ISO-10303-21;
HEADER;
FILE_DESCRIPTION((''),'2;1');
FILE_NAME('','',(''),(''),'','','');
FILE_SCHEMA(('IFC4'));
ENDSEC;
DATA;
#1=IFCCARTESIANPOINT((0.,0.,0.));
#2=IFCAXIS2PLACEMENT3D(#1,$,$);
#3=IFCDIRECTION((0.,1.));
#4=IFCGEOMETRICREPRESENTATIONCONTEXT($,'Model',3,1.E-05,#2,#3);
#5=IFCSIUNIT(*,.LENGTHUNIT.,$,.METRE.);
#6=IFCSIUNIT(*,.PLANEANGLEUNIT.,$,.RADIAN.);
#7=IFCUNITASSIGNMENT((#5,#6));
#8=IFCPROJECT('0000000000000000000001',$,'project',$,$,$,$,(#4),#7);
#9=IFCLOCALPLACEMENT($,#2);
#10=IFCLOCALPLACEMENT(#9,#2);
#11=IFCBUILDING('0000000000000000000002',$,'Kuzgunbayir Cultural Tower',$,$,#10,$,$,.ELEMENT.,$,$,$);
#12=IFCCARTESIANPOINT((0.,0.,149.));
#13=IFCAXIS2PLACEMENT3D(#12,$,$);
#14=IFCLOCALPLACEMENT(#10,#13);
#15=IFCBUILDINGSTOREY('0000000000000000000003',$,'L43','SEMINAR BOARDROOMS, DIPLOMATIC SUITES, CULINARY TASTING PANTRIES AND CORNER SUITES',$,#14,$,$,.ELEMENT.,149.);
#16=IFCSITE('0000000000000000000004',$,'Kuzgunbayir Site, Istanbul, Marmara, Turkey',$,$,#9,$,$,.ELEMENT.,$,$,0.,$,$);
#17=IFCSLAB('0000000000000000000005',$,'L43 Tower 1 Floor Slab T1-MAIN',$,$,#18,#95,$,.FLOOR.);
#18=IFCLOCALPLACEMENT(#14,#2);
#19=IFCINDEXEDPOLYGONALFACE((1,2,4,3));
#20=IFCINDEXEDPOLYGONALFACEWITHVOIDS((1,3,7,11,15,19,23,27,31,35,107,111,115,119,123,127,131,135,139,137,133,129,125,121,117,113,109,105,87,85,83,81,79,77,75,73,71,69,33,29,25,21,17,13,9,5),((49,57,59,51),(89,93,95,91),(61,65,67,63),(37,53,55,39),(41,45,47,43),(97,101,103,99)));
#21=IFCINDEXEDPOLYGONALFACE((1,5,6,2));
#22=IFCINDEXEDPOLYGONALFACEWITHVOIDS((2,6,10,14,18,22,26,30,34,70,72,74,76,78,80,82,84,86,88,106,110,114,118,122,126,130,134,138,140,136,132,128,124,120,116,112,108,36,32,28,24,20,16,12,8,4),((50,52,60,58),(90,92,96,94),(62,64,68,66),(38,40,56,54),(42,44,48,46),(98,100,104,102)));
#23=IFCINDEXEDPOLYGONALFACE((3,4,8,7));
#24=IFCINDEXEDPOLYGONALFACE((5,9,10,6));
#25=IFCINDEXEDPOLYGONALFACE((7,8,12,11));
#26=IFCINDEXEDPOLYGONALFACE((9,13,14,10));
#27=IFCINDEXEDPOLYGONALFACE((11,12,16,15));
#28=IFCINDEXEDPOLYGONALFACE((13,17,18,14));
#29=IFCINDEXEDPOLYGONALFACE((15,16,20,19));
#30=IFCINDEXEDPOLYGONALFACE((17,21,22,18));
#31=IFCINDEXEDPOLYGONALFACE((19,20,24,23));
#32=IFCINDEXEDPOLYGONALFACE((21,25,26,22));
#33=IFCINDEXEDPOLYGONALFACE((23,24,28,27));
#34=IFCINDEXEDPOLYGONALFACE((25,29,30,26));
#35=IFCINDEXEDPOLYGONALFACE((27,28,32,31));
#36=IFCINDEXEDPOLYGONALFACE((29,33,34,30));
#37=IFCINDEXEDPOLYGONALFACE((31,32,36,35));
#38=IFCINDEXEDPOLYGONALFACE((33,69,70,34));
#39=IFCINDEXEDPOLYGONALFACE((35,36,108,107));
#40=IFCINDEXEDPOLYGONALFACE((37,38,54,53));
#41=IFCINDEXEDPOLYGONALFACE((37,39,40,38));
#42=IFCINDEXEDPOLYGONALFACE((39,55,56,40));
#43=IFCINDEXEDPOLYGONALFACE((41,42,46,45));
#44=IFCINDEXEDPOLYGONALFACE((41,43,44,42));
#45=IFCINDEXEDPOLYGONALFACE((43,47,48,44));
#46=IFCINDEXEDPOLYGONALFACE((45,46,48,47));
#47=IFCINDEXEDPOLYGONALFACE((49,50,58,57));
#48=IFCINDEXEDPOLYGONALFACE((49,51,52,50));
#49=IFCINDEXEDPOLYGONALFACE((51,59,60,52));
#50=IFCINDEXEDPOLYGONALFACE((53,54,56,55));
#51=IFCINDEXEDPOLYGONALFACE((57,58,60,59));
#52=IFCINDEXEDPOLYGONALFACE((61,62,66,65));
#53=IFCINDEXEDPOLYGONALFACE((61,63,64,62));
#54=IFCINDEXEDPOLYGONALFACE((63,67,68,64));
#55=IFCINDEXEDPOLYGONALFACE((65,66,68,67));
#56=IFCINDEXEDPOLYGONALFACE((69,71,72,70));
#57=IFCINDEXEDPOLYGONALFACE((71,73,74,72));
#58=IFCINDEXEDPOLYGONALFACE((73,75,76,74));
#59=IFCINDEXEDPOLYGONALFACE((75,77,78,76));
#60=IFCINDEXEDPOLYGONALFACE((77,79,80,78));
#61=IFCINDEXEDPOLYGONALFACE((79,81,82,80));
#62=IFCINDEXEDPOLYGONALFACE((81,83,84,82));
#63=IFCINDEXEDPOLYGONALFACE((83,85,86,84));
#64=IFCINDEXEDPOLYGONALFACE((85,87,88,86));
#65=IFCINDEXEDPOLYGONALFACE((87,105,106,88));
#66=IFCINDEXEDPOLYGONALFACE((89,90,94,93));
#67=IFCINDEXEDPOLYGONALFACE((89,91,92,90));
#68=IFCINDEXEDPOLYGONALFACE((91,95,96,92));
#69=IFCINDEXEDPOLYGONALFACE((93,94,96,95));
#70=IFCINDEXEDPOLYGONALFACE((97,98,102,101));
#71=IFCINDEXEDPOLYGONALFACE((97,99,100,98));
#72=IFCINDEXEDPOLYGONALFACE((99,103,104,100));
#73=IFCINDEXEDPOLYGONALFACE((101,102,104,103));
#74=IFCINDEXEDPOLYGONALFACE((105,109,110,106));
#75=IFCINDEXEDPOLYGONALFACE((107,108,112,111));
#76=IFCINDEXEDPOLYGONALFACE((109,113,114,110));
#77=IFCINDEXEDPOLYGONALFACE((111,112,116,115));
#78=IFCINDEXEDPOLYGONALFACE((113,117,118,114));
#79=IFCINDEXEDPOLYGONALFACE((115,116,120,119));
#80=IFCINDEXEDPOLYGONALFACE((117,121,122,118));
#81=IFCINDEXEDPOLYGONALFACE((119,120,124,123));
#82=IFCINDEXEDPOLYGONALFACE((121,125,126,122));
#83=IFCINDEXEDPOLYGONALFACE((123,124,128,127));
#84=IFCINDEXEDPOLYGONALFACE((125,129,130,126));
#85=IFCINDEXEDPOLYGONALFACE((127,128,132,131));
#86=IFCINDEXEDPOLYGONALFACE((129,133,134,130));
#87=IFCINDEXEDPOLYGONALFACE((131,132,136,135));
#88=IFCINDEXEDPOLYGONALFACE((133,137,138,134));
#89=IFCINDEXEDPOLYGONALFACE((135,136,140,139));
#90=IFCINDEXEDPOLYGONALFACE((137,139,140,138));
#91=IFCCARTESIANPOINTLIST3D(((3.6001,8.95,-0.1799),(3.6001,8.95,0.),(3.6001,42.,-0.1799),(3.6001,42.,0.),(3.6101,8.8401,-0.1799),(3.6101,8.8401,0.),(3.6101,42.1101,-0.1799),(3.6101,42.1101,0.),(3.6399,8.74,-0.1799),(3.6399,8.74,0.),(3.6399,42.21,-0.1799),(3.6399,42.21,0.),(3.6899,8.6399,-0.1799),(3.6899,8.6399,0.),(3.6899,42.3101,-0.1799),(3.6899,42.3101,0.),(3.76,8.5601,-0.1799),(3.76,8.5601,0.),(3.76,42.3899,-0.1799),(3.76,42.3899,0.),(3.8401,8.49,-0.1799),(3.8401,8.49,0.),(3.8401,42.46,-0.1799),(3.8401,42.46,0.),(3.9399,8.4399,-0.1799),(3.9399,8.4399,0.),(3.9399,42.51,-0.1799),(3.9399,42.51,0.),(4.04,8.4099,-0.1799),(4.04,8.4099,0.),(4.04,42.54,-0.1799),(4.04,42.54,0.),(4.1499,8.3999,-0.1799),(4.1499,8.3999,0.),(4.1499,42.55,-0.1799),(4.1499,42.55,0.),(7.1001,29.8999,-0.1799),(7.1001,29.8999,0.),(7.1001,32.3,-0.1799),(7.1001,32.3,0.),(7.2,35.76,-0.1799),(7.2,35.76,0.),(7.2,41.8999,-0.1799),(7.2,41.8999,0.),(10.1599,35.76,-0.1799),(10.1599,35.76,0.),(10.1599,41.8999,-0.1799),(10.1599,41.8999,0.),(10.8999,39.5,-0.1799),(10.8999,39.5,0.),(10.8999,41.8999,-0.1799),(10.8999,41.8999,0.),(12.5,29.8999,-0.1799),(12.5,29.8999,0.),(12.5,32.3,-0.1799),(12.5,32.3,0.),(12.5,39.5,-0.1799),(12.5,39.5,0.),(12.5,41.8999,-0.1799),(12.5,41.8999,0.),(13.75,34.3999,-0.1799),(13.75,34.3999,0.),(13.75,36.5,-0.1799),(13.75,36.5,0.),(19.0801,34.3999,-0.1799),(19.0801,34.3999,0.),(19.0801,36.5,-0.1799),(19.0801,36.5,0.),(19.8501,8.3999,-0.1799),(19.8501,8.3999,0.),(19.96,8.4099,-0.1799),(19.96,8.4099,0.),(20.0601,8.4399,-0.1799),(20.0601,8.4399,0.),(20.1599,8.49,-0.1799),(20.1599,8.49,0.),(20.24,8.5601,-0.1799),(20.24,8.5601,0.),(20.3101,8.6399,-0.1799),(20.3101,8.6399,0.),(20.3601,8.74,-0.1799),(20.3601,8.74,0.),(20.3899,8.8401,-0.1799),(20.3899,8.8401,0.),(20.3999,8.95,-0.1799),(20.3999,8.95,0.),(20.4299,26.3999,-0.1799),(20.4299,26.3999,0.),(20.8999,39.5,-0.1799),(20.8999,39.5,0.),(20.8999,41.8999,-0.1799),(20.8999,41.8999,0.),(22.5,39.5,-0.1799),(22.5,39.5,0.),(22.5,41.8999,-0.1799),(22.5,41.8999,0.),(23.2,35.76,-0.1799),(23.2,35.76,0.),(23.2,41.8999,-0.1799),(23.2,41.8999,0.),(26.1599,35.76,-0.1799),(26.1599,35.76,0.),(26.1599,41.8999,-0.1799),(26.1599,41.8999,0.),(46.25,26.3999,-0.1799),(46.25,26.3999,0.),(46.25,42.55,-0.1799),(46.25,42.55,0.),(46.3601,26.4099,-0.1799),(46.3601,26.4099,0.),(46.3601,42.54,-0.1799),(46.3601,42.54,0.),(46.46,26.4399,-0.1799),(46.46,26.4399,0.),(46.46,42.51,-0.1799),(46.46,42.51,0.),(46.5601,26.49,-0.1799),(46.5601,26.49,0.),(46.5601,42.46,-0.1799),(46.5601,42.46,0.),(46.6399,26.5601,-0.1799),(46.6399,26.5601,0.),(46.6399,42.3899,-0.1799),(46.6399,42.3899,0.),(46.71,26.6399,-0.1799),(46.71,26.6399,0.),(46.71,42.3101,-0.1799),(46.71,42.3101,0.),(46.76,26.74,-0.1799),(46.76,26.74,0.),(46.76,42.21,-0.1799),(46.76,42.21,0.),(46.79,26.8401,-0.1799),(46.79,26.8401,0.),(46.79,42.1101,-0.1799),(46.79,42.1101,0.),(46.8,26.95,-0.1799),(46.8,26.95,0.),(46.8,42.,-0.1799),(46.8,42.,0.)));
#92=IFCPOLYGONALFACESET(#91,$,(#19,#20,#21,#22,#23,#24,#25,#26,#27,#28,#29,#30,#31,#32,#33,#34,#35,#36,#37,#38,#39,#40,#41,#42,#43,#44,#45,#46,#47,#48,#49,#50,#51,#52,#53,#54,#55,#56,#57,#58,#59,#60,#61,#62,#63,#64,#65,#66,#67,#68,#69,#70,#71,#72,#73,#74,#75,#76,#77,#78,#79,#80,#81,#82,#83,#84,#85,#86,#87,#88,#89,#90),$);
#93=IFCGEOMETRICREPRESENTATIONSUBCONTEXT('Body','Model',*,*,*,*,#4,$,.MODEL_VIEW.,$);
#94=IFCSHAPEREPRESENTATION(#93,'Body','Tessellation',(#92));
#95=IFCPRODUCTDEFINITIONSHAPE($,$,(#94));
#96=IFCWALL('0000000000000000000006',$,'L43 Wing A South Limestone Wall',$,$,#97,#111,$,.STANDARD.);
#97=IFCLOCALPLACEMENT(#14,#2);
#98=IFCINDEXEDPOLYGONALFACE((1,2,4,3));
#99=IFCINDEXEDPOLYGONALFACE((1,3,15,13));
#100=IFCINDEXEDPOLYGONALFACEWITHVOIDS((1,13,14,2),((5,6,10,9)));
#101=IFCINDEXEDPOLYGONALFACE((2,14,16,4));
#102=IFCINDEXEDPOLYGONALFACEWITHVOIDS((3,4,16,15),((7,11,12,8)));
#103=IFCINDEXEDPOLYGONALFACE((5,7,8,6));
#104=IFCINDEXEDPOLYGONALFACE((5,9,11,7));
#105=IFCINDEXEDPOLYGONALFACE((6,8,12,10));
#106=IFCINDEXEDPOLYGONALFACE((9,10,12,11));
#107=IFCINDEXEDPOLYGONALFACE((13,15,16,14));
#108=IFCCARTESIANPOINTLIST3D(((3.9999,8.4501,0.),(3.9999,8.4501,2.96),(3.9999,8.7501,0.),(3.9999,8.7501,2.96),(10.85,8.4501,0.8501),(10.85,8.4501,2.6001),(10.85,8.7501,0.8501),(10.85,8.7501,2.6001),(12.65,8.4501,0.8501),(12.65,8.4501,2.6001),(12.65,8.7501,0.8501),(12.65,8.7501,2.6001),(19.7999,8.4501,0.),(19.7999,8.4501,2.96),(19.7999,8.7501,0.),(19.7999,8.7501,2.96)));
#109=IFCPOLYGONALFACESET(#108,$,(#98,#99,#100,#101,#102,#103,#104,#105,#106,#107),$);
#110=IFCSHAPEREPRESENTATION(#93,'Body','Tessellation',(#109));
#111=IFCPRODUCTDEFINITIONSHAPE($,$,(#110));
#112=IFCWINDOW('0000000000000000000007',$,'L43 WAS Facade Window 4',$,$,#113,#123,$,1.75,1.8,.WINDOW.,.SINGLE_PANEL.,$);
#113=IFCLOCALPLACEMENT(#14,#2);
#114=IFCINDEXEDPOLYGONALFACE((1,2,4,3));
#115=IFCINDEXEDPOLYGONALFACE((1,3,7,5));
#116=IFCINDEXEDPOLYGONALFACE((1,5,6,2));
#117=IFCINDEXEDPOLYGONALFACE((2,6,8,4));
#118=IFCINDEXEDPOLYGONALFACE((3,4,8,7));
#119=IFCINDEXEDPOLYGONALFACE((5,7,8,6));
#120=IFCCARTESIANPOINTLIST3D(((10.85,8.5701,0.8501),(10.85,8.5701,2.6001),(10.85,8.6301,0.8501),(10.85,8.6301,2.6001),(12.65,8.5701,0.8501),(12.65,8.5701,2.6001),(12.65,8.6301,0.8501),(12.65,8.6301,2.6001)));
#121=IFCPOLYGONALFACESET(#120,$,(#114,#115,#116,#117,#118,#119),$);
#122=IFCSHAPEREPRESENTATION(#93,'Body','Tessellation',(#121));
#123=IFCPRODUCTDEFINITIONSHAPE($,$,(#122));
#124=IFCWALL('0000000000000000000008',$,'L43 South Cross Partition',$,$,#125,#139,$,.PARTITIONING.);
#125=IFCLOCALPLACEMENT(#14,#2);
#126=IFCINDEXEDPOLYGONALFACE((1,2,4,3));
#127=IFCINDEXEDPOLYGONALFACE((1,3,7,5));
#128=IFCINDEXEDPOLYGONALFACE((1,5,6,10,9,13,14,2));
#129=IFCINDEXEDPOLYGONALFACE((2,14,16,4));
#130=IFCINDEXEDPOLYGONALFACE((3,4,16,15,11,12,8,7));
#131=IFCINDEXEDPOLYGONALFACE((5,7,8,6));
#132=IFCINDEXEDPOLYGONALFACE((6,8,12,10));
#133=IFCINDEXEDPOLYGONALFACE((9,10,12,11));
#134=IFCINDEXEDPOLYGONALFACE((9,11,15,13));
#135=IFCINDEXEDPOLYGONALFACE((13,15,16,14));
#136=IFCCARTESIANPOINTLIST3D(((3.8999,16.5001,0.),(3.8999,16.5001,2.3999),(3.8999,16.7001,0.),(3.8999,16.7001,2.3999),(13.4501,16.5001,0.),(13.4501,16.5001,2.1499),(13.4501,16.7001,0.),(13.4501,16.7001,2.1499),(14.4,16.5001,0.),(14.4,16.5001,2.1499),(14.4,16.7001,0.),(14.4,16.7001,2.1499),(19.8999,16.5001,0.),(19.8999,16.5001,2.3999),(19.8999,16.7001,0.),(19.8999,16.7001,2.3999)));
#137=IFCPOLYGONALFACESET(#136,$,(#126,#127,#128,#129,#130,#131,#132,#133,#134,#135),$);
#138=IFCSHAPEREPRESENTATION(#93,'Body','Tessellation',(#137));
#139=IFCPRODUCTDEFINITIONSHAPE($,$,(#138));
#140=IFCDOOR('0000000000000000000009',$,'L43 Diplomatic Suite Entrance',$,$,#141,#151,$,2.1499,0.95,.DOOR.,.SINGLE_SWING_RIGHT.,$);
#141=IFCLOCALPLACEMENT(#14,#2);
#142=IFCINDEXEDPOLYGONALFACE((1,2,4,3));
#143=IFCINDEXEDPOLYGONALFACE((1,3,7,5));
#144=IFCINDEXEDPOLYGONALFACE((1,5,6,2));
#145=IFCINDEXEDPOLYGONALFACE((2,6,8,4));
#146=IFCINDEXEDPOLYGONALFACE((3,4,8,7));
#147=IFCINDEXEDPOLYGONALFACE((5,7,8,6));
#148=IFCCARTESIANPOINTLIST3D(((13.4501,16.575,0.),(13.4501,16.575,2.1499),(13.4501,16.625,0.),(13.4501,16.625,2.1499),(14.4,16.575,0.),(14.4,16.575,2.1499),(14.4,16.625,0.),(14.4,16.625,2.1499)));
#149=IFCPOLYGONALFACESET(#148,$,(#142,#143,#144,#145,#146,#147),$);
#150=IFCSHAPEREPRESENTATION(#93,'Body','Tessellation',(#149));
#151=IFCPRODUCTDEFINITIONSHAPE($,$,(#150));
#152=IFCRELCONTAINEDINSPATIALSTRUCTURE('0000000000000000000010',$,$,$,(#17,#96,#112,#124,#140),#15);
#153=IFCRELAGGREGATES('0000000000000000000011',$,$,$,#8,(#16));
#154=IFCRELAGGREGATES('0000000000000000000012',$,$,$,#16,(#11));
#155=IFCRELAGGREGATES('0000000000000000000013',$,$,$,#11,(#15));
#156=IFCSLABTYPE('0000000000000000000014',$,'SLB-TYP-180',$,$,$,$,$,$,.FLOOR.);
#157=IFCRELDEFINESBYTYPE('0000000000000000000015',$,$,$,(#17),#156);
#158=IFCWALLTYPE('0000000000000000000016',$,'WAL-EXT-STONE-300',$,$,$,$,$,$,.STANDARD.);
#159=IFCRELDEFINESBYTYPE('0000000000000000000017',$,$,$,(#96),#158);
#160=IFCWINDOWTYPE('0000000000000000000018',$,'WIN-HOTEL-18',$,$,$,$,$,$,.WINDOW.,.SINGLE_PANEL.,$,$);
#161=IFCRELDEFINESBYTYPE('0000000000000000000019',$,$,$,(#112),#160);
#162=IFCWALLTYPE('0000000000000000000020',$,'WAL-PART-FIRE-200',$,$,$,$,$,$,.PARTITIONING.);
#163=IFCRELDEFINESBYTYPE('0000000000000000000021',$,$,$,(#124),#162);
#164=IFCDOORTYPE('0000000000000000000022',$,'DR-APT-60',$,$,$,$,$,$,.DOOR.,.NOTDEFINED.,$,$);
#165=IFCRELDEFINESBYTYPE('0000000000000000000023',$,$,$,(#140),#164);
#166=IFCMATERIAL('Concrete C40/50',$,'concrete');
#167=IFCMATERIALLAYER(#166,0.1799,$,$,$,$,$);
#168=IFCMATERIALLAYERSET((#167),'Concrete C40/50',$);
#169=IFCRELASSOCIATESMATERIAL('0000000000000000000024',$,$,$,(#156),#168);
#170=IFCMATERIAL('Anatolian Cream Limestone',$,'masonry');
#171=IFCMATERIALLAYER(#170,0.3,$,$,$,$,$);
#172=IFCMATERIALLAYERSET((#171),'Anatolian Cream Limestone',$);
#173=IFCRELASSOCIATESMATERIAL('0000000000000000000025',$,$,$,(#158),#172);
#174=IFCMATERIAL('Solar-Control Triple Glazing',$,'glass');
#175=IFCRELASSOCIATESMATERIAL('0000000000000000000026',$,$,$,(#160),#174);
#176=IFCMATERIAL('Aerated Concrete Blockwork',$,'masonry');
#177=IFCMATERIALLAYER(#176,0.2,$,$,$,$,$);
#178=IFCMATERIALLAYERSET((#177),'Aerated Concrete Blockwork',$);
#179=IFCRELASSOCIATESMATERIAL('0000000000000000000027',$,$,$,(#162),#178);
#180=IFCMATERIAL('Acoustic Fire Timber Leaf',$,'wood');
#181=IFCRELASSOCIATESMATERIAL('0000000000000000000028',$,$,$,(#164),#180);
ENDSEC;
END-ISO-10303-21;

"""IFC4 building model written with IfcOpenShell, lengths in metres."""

from ifc_helpers import new_model, si_unit, direction, frame, frame_2d, origin, place, context, subcontext, project, spatial, polyline, rectangle, outline, extrude, material, layer, layer_set, type_object, element, fill, save


model = new_model("IFC4")

# Units and contexts
model_context = context("Model", 3, precision=1e-05, world=origin(), true_north=direction((0.0, 1.0)))
body_context = subcontext(model_context, "Body", "Model", "MODEL_VIEW")
ifc_project = project(units=[si_unit("LENGTHUNIT", "METRE"), si_unit("PLANEANGLEUNIT", "RADIAN")], contexts=[model_context])

# Site, building, storey
site_placement = place(None, origin())
site = spatial("IfcSite", under=ifc_project, at=site_placement, Name="Kuzgunbayir Site, Istanbul, Marmara, Turkey", CompositionType="ELEMENT", RefElevation=0.0)
building_placement = place(site_placement, origin())
building = spatial("IfcBuilding", under=site, at=building_placement, Name="Kuzgunbayir Cultural Tower", CompositionType="ELEMENT")
storey_placement = place(building_placement, frame((0.0, 0.0, 149.0)))
storey = spatial("IfcBuildingStorey", under=building, at=storey_placement, Name="L43", Description="SEMINAR BOARDROOMS, DIPLOMATIC SUITES, CULINARY TASTING PANTRIES AND CORNER SUITES", CompositionType="ELEMENT", Elevation=149.0)

# Shared definitions
ifc_material_1 = material(Name="Concrete C40/50", Category="concrete")

# Slab
ifc_layer_1 = layer(ifc_material_1, 0.1799)
ifc_layer_set_1 = layer_set([ifc_layer_1], Name="Concrete C40/50")
slab_type_1 = type_object("IfcSlabType", Name="SLB-TYP-180", PredefinedType="FLOOR", material=ifc_layer_set_1)
slab_1_placement = place(storey_placement, frame((0.0, 0.0, -0.1799)))
element("IfcSlab", 1, at=slab_1_placement, inside=storey, type_object=slab_type_1, Name="L43 Tower 1 Floor Slab T1-MAIN", PredefinedType="FLOOR", context=body_context, shape_type="SweptSolid", body=[
    extrude(outline(polyline([(20.3999, 8.95), (20.3899, 8.8401), (20.3601, 8.74), (20.3101, 8.6399), (20.24, 8.5601), (20.1599, 8.49), (20.0601, 8.4399), (19.96, 8.4099), (19.8501, 8.3999), (4.1499, 8.3999), (4.04, 8.4099), (3.9399, 8.4399), (3.8401, 8.49), (3.76, 8.5601), (3.6899, 8.6399), (3.6399, 8.74), (3.6101, 8.8401), (3.6001, 8.95), (3.6001, 42.0), (3.6101, 42.1101), (3.6399, 42.21), (3.6899, 42.3101), (3.76, 42.3899), (3.8401, 42.46), (3.9399, 42.51), (4.04, 42.54), (4.1499, 42.55), (46.25, 42.55), (46.3601, 42.54), (46.46, 42.51), (46.5601, 42.46), (46.6399, 42.3899), (46.71, 42.3101), (46.76, 42.21), (46.79, 42.1101), (46.8, 42.0), (46.8, 26.95), (46.79, 26.8401), (46.76, 26.74), (46.71, 26.6399), (46.6399, 26.5601), (46.5601, 26.49), (46.46, 26.4399), (46.3601, 26.4099), (46.25, 26.3999), (20.4299, 26.3999), (20.3999, 8.95)]), holes=[polyline([(7.2, 35.76), (7.2, 41.8999), (10.1599, 41.8999), (10.1599, 35.76), (7.2, 35.76)]), polyline([(23.2, 35.76), (23.2, 41.8999), (26.1599, 41.8999), (26.1599, 35.76), (23.2, 35.76)]), polyline([(13.75, 34.3999), (13.75, 36.5), (19.0801, 36.5), (19.0801, 34.3999), (13.75, 34.3999)]), polyline([(7.1001, 29.8999), (7.1001, 32.3), (12.5, 32.3), (12.5, 29.8999), (7.1001, 29.8999)]), polyline([(10.8999, 39.5), (10.8999, 41.8999), (12.5, 41.8999), (12.5, 39.5), (10.8999, 39.5)]), polyline([(20.8999, 39.5), (20.8999, 41.8999), (22.5, 41.8999), (22.5, 39.5), (20.8999, 39.5)])]), origin(), (0.0, 0.0, 1.0), 0.1799),
])

# Wall, opening, window
ifc_material_2 = material(Name="Anatolian Cream Limestone", Category="masonry")
ifc_layer_2 = layer(ifc_material_2, 0.3)
ifc_layer_set_2 = layer_set([ifc_layer_2], Name="Anatolian Cream Limestone")
wall_type_1 = type_object("IfcWallType", Name="WAL-EXT-STONE-300", PredefinedType="STANDARD", material=ifc_layer_set_2)
wall_1_placement = place(storey_placement, frame((4.0, 8.6001, 0.0), z_axis=(0.0, 0.0, 1.0), x_axis=(1.0, 0.0, 0.0)))
wall_1 = element("IfcWall", 2, at=wall_1_placement, inside=storey, type_object=wall_type_1, Name="L43 Wing A South Limestone Wall", PredefinedType="STANDARD", context=body_context, shape_type="SweptSolid", body=[
    extrude(rectangle(XDim=15.8, YDim=0.3, at=frame_2d((7.8999, 0.0))), origin(), (0.0, 0.0, 1.0), 2.96),
])
opening_1_placement = place(wall_1_placement, frame((6.8501, 0.0, 0.8501)))
opening_1 = element("IfcOpeningElement", 3, at=opening_1_placement, cuts=wall_1, PredefinedType="OPENING", context=body_context, shape_type="SweptSolid", body=[
    extrude(rectangle(XDim=1.8, YDim=1.75, at=frame_2d((0.8999, 0.875))), frame((0.0, 0.1602, 0.0), z_axis=(0.0, -1.0, 0.0), x_axis=(1.0, 0.0, 0.0)), (0.0, 0.0, 1.0), 0.3201),
])
ifc_material_3 = material(Name="Solar-Control Triple Glazing", Category="glass")
window_type = type_object("IfcWindowType", Name="WIN-HOTEL-18", PartitioningType="SINGLE_PANEL", PredefinedType="WINDOW", material=ifc_material_3)
window_placement = place(opening_1_placement, origin())
window = element("IfcWindow", 4, at=window_placement, inside=storey, type_object=window_type, Name="L43 WAS Facade Window 4", OverallHeight=1.75, OverallWidth=1.8, PartitioningType="SINGLE_PANEL", PredefinedType="WINDOW", context=body_context, shape_type="SweptSolid", body=[
    extrude(rectangle(XDim=1.8, YDim=1.75, at=frame_2d((0.8999, 0.875))), frame((0.0, 0.03, 0.0), z_axis=(0.0, -1.0, 0.0), x_axis=(1.0, 0.0, 0.0)), (0.0, 0.0, 1.0), 0.0601),
])
fill(opening_1, window)

# Wall, opening, door
ifc_material_4 = material(Name="Aerated Concrete Blockwork", Category="masonry")
ifc_layer_3 = layer(ifc_material_4, 0.2)
ifc_layer_set_3 = layer_set([ifc_layer_3], Name="Aerated Concrete Blockwork")
wall_type_2 = type_object("IfcWallType", Name="WAL-PART-FIRE-200", PredefinedType="PARTITIONING", material=ifc_layer_set_3)
wall_2_placement = place(storey_placement, frame((3.8999, 16.6001, 0.0), z_axis=(0.0, 0.0, 1.0), x_axis=(1.0, 0.0, 0.0)))
wall_2 = element("IfcWall", 5, at=wall_2_placement, inside=storey, type_object=wall_type_2, Name="L43 South Cross Partition", PredefinedType="PARTITIONING", context=body_context, shape_type="SweptSolid", body=[
    extrude(rectangle(XDim=16.0, YDim=0.2, at=frame_2d((8.0, 0.0))), origin(), (0.0, 0.0, 1.0), 2.3999),
])
opening_2_placement = place(wall_2_placement, frame((9.55, 0.0, 0.0)))
opening_2 = element("IfcOpeningElement", 6, at=opening_2_placement, cuts=wall_2, PredefinedType="OPENING", context=body_context, shape_type="SweptSolid", body=[
    extrude(rectangle(XDim=0.95, YDim=2.1499, at=frame_2d((0.4751, 1.075))), frame((0.0, 0.1099, 0.0), z_axis=(0.0, -1.0, 0.0), x_axis=(1.0, 0.0, 0.0)), (0.0, 0.0, 1.0), 0.22),
])
ifc_material_5 = material(Name="Acoustic Fire Timber Leaf", Category="wood")
door_type = type_object("IfcDoorType", Name="DR-APT-60", OperationType="NOTDEFINED", PredefinedType="DOOR", material=ifc_material_5)
door_placement = place(opening_2_placement, origin())
door = element("IfcDoor", 7, at=door_placement, inside=storey, type_object=door_type, Name="L43 Diplomatic Suite Entrance", OperationType="SINGLE_SWING_RIGHT", OverallHeight=2.1499, OverallWidth=0.95, PredefinedType="DOOR", context=body_context, shape_type="SweptSolid", body=[
    extrude(rectangle(XDim=0.95, YDim=2.1499, at=frame_2d((0.4751, 1.075))), frame((0.0, 0.0249, 0.0), z_axis=(0.0, -1.0, 0.0), x_axis=(1.0, 0.0, 0.0)), (0.0, 0.0, 1.0), 0.05),
])
fill(opening_2, door)

save(model, "model.ifc")
